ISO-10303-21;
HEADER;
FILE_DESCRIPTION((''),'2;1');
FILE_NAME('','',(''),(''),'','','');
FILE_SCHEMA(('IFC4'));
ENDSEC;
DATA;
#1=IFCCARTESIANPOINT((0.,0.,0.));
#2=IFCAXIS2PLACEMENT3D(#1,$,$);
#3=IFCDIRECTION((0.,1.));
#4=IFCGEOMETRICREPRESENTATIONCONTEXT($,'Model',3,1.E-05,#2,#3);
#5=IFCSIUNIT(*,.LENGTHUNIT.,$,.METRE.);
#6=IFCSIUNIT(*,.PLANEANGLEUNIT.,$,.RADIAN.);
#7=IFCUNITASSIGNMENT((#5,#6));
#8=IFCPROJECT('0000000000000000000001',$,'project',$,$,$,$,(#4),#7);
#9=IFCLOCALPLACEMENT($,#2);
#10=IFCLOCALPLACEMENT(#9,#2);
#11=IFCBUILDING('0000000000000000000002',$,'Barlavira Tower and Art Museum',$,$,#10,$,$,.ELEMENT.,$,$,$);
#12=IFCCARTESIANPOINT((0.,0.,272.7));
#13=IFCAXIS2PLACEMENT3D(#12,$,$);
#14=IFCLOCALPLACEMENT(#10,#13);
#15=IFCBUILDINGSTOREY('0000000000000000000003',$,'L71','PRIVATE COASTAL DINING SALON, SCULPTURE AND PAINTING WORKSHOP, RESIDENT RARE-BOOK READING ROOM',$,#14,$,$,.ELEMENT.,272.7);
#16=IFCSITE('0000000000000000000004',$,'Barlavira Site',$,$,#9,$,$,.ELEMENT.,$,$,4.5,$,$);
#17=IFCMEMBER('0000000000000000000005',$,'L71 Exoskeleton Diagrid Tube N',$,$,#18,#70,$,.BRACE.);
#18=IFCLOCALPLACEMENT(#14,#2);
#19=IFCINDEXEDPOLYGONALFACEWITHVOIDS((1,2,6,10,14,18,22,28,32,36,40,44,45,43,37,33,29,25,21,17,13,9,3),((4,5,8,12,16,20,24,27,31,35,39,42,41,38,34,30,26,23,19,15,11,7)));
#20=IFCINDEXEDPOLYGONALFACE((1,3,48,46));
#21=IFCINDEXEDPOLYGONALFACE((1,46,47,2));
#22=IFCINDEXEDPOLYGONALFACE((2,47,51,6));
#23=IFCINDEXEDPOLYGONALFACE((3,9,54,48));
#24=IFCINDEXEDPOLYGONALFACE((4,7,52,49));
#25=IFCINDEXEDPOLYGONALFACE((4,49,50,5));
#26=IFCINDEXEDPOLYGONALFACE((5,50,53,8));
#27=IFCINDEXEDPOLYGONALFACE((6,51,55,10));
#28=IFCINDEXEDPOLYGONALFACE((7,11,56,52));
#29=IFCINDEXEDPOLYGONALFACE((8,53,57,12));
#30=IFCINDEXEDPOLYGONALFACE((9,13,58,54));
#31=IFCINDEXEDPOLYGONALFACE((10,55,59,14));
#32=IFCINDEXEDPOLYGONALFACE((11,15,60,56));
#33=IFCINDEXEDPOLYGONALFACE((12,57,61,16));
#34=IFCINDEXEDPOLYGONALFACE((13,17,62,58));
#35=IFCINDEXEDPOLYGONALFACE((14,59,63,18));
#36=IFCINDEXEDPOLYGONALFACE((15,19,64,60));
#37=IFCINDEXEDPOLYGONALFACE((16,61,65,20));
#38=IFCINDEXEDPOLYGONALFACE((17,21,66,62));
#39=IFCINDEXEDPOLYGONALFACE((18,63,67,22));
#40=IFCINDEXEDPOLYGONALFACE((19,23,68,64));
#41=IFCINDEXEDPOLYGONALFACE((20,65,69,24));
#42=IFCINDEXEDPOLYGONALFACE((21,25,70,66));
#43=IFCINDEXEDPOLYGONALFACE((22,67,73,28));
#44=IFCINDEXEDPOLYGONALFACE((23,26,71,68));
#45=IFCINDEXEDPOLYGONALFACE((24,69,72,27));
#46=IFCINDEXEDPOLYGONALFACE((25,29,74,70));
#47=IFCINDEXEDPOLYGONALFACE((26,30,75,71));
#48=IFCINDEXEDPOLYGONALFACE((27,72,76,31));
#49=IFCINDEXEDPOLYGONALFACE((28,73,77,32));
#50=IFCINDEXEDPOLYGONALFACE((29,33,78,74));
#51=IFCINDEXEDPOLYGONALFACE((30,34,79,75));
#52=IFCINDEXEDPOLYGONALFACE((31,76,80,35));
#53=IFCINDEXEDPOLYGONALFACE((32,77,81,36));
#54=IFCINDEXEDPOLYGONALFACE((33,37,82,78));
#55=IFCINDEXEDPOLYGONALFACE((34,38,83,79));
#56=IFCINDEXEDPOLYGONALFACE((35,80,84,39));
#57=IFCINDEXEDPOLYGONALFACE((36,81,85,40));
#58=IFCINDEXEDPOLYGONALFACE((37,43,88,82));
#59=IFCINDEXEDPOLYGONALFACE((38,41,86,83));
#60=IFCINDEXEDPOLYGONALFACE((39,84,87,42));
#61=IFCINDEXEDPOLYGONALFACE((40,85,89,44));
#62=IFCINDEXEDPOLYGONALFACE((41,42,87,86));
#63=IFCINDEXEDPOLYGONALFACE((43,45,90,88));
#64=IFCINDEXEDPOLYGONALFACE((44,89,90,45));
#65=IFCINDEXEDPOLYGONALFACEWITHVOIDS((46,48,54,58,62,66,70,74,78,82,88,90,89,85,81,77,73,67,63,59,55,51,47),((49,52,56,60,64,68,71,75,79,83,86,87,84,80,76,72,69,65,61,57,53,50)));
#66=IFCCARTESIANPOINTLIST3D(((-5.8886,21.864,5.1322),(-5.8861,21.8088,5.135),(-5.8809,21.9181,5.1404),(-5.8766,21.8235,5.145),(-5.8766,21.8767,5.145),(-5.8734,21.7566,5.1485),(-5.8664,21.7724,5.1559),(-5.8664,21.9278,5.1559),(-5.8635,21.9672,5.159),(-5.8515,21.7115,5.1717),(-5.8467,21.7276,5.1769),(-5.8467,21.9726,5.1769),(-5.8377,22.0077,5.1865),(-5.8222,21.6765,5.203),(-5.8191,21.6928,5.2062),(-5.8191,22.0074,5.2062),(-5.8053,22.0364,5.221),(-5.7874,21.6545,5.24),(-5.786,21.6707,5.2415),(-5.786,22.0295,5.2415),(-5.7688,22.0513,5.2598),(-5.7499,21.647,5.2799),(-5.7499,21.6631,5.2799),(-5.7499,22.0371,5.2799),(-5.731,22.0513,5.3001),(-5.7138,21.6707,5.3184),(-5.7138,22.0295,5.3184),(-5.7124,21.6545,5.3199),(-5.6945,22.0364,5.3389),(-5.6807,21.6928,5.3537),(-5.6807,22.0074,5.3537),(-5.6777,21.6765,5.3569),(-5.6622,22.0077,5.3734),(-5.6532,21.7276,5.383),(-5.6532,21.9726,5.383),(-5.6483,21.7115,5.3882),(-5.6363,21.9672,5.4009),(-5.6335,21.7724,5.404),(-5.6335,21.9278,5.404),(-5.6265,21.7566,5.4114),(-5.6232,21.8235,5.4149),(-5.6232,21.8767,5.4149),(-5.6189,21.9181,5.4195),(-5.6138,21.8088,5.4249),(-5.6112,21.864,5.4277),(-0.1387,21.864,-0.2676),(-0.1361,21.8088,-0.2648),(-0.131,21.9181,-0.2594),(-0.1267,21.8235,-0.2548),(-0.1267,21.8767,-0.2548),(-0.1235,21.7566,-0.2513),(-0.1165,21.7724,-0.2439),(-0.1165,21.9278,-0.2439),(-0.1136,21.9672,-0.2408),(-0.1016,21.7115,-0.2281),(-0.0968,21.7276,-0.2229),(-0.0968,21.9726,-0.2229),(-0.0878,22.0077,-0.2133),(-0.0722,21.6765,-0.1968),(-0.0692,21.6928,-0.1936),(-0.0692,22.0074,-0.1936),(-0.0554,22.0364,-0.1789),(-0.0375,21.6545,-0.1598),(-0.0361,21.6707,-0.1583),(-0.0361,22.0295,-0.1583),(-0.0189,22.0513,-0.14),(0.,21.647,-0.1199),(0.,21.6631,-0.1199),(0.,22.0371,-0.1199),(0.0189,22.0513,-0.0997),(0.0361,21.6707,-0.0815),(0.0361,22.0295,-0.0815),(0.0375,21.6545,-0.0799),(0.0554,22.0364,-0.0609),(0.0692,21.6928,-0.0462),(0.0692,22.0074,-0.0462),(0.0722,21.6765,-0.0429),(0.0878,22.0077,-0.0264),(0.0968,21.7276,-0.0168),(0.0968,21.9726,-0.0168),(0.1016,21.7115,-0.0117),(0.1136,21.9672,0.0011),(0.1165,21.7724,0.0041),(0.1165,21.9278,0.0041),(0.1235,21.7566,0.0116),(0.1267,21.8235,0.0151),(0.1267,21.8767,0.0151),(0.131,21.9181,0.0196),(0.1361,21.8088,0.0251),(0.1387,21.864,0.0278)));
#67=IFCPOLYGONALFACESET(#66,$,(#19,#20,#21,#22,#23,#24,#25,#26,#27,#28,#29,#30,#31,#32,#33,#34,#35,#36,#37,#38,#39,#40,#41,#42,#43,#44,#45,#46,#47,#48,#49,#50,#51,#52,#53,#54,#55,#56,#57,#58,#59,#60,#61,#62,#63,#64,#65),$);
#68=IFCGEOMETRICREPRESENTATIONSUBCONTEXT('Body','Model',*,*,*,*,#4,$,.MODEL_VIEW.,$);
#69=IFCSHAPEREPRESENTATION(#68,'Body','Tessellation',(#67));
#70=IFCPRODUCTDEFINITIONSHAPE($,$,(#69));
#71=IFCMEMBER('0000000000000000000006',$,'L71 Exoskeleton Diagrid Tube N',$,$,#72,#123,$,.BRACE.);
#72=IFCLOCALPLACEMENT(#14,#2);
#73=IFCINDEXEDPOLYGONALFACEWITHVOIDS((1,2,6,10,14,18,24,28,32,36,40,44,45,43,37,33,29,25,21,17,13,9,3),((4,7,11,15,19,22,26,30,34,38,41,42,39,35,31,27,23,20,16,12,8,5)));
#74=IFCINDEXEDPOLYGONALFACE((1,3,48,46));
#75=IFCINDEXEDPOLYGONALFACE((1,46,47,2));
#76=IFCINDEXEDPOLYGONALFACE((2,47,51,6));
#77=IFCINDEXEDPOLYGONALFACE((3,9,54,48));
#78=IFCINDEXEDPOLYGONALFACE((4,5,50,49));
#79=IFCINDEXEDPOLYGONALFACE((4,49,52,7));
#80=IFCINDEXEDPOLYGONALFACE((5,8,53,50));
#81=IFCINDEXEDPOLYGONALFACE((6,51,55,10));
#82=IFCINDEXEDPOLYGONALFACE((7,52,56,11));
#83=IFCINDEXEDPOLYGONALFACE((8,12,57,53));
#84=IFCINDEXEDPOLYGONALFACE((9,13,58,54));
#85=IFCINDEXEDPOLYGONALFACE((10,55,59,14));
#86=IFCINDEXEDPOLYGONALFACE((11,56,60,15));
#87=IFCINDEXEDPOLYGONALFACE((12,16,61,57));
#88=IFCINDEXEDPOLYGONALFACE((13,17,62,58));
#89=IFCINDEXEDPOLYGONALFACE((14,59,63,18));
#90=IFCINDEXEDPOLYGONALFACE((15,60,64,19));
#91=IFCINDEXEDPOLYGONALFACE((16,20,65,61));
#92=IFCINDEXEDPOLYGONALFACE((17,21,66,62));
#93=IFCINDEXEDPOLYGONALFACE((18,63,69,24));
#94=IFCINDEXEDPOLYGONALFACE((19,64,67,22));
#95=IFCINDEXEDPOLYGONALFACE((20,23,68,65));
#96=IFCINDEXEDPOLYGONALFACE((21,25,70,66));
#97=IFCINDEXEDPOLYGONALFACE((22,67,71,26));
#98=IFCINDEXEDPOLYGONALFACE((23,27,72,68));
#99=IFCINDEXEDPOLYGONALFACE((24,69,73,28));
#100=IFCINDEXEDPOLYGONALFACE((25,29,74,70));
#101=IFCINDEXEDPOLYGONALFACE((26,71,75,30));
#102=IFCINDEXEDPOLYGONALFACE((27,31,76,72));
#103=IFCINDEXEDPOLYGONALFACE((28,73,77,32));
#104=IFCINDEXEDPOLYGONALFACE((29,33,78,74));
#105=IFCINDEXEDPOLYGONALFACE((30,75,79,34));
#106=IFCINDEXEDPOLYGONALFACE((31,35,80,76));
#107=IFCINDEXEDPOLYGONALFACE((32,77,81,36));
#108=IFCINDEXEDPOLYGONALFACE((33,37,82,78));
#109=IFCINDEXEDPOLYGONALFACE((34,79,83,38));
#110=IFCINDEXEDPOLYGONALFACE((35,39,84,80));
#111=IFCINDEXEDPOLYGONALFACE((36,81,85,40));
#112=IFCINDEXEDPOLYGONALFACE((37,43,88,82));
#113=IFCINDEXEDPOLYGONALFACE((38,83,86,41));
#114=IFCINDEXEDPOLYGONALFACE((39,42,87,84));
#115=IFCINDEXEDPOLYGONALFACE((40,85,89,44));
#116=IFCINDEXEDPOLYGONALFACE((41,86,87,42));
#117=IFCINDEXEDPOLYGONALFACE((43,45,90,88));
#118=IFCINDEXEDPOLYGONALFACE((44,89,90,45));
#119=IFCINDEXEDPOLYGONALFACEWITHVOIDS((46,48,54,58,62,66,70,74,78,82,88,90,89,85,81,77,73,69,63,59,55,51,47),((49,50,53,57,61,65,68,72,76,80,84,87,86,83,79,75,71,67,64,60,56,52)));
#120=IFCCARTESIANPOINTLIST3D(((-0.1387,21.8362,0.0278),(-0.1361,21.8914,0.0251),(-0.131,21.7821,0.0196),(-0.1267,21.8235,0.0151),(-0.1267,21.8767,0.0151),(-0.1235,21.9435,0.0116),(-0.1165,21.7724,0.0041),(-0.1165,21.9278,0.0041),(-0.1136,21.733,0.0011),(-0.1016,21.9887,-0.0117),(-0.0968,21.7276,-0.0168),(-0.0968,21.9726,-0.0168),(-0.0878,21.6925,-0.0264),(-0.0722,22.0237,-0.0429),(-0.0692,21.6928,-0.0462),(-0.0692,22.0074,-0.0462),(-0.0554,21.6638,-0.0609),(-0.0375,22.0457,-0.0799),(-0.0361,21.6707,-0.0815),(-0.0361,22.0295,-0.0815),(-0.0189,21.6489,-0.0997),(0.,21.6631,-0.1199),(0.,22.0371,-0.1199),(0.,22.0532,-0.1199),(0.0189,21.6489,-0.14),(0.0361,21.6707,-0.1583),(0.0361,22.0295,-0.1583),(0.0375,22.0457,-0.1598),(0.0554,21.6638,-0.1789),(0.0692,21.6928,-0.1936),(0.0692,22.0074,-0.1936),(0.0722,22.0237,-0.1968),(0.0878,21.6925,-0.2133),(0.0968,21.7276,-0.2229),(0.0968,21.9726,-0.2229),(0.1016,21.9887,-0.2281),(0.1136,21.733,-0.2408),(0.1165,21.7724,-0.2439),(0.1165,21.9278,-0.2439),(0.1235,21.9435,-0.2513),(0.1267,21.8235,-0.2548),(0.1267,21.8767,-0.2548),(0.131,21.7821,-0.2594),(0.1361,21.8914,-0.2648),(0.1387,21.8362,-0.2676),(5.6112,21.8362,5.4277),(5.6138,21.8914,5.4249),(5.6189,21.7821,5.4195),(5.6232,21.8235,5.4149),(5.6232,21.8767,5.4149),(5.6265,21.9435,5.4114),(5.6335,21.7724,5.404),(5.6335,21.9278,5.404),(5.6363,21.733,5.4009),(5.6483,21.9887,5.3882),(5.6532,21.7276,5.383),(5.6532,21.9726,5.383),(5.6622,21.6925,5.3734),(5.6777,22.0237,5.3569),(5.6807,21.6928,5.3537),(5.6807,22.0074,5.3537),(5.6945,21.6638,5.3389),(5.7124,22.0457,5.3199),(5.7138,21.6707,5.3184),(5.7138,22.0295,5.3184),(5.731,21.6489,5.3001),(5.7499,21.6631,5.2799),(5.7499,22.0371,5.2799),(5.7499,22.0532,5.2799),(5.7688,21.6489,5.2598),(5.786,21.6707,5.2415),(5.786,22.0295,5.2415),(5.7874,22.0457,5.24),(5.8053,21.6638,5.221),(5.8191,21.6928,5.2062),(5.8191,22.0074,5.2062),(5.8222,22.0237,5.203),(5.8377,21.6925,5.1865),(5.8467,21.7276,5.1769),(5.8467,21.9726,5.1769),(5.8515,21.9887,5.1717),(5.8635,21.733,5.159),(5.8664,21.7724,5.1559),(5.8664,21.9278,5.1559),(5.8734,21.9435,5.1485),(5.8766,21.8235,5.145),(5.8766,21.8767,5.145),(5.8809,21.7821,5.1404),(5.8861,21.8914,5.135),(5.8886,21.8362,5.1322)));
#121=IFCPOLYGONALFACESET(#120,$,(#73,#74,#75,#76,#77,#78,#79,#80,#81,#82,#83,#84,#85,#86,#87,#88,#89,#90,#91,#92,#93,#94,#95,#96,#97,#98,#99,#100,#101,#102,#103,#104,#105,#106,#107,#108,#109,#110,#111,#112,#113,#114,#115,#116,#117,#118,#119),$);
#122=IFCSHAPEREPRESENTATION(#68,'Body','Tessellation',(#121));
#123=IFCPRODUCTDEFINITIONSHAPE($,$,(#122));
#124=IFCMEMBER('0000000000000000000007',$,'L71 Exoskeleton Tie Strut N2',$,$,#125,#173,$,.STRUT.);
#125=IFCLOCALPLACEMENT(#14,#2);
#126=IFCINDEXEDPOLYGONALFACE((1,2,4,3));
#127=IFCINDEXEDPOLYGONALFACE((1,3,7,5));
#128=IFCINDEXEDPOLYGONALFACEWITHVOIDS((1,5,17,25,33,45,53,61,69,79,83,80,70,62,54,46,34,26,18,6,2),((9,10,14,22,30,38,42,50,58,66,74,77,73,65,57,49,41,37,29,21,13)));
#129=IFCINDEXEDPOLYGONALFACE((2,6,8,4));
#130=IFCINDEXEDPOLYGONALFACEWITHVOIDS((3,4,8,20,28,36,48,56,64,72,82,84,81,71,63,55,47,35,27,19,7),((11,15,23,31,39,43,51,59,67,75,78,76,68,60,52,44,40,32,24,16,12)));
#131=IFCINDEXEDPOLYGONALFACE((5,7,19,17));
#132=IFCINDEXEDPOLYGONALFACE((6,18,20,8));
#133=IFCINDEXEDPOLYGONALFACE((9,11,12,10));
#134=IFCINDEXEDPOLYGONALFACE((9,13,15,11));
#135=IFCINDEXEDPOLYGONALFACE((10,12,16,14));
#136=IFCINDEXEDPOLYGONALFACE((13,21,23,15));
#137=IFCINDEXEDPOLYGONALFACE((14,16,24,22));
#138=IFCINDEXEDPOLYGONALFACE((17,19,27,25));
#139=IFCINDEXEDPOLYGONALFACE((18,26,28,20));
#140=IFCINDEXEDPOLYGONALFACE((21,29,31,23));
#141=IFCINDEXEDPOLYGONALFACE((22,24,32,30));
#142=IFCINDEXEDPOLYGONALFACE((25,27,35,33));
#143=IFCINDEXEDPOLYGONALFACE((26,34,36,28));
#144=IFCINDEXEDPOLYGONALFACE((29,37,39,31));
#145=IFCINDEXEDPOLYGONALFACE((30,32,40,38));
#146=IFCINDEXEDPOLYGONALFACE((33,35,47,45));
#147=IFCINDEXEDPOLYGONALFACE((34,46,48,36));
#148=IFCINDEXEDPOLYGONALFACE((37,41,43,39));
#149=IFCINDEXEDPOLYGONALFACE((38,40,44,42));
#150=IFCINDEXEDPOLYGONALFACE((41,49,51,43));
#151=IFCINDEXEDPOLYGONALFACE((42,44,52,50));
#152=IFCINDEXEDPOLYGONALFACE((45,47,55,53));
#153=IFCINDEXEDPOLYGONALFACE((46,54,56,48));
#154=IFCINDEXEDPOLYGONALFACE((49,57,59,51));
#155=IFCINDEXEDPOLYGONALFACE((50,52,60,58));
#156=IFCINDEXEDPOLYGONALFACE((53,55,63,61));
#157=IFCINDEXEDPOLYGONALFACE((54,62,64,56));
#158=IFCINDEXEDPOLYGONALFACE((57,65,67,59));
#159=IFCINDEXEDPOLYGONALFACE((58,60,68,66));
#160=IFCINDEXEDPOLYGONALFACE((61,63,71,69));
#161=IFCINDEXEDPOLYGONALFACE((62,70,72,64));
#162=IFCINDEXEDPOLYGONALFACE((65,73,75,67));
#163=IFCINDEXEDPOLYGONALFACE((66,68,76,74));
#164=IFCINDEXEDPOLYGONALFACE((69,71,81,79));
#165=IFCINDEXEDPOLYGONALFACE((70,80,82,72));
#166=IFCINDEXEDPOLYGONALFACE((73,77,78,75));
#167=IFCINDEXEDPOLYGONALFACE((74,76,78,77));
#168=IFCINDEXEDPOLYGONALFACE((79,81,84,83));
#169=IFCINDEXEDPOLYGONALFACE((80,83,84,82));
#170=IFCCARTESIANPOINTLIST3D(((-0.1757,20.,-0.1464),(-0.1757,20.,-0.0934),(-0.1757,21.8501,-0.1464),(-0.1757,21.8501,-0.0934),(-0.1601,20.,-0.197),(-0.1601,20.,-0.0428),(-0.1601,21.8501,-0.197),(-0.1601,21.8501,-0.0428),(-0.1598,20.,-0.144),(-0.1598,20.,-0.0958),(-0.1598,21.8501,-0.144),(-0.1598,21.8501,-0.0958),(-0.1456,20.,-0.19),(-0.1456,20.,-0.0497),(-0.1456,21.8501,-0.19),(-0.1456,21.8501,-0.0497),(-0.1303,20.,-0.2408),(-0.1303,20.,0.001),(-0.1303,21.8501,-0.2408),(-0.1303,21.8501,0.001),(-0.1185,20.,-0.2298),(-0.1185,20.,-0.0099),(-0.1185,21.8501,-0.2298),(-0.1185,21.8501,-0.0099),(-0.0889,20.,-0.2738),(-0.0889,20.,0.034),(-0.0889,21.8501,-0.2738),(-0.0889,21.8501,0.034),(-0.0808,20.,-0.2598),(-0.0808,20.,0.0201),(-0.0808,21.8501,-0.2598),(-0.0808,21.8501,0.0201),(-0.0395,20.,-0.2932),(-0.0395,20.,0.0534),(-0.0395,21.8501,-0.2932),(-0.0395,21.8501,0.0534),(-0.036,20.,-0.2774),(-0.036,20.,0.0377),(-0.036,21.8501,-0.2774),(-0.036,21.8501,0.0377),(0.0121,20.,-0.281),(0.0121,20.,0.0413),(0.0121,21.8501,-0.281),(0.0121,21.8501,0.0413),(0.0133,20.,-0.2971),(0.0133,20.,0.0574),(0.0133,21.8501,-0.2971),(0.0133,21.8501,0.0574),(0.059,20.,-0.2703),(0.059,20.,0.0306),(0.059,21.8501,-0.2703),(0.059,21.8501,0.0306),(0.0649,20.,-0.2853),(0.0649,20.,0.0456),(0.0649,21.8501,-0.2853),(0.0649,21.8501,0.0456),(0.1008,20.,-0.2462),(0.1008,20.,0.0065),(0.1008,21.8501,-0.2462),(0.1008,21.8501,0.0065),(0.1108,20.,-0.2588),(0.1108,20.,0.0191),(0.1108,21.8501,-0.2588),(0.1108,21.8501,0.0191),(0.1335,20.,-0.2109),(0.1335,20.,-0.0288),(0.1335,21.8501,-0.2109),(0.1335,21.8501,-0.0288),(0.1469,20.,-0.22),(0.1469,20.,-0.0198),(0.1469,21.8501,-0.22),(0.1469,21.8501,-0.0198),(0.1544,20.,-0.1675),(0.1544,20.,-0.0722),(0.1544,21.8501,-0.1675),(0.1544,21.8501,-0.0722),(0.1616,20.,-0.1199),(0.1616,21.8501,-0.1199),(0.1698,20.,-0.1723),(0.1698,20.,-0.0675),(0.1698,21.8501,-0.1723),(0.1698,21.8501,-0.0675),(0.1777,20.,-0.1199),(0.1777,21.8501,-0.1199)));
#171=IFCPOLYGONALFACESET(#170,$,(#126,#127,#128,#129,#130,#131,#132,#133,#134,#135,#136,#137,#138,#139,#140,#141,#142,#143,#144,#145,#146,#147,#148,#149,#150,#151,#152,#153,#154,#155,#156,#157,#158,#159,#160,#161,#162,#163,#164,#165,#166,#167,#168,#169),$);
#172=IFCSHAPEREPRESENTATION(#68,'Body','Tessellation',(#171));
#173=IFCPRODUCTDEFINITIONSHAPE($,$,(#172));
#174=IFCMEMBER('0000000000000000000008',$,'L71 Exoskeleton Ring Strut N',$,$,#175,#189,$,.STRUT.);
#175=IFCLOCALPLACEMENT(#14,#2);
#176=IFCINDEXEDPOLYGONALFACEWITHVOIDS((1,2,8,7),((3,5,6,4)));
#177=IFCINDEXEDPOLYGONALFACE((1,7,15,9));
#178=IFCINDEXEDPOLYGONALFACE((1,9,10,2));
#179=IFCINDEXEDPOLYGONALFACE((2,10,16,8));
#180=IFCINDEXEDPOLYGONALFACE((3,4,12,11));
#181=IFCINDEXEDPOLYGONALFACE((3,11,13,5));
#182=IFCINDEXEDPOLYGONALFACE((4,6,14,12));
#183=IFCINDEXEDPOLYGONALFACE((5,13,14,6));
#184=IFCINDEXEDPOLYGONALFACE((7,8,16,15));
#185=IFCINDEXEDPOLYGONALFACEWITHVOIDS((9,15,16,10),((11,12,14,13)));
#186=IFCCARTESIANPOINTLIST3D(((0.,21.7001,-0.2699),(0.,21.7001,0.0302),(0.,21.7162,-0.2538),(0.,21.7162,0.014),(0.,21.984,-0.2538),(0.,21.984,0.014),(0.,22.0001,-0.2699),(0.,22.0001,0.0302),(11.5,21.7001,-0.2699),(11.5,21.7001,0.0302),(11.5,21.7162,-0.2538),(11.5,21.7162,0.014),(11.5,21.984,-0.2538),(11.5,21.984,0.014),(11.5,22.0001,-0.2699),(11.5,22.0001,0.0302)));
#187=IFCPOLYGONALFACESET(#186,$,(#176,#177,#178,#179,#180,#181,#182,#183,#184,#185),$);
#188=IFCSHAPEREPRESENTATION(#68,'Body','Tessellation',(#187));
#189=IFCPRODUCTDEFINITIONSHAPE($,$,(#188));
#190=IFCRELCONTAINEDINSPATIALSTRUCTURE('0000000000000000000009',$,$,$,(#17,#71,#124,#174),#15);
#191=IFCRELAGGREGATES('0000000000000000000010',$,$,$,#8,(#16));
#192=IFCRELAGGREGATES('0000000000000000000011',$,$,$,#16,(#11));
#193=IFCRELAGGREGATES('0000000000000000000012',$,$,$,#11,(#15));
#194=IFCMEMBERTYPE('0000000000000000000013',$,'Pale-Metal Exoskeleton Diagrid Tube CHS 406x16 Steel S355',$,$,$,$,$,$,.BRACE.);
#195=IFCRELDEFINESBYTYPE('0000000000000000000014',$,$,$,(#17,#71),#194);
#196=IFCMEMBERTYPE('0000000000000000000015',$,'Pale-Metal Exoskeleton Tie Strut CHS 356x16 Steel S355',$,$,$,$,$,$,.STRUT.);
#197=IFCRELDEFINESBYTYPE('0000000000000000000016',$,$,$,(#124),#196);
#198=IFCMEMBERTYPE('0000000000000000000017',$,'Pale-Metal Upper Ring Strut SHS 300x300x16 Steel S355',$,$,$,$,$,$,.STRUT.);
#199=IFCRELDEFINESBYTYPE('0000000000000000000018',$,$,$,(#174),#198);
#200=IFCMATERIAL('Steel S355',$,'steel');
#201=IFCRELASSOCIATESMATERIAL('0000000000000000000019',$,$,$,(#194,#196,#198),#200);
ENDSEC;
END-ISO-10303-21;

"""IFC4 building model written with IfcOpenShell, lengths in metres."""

from ifc_helpers import new_model, si_unit, direction, frame, origin, origin_2d, place, context, subcontext, project, spatial, hollow_rectangle, hollow_circle, extrude, material, material_profile, profile_set, type_object, element, save


model = new_model("IFC4")

# Units and contexts
model_context = context("Model", 3, precision=1e-05, world=origin(), true_north=direction((0.0, 1.0)))
body_context = subcontext(model_context, "Body", "Model", "MODEL_VIEW")
ifc_project = project(units=[si_unit("LENGTHUNIT", "METRE"), si_unit("PLANEANGLEUNIT", "RADIAN")], contexts=[model_context])

# Site, building, storey
site_placement = place(None, origin())
site = spatial("IfcSite", under=ifc_project, at=site_placement, Name="Barlavira Site", CompositionType="ELEMENT", RefElevation=4.5)
building_placement = place(site_placement, origin())
building = spatial("IfcBuilding", under=site, at=building_placement, Name="Barlavira Tower and Art Museum", CompositionType="ELEMENT")
storey_placement = place(building_placement, frame((0.0, 0.0, 272.7)))
storey = spatial("IfcBuildingStorey", under=building, at=storey_placement, Name="L71", Description="PRIVATE COASTAL DINING SALON, SCULPTURE AND PAINTING WORKSHOP, RESIDENT RARE-BOOK READING ROOM", CompositionType="ELEMENT", Elevation=272.7)

# Members
ifc_material_1 = material(Name="Steel S355", Category="steel")
ifc_material_profile_1 = material_profile(ifc_material_1, hollow_circle(Radius=0.2031, WallThickness=0.0161, at=origin_2d()), Name="CHS 406.4x16.0")
ifc_profile_set_1 = profile_set([ifc_material_profile_1], Name="Steel S355")
member_type_1 = type_object("IfcMemberType", Name="Pale-Metal Exoskeleton Diagrid Tube CHS 406x16 Steel S355", PredefinedType="BRACE", material=ifc_profile_set_1)
for number, where, z_axis, x_axis, name in (
    (1, (0.0, 21.8501, -0.1199), (-0.72895, 0.0, 0.684567), (0.0, -1.0, 0.0), "L71 Exoskeleton Diagrid Tube N"),
    (2, (0.0, 21.8501, -0.1199), (0.72895, 0.0, 0.684567), (0.0, 1.0, 0.0), "L71 Exoskeleton Diagrid Tube N"),
):
    element("IfcMember", number, at=place(storey_placement, frame(where, z_axis=z_axis, x_axis=x_axis)), inside=storey, type_object=member_type_1, Name=name, PredefinedType="BRACE", context=body_context, shape_type="SweptSolid", body=[
        extrude(hollow_circle(Radius=0.2031, WallThickness=0.0161, at=origin_2d()), origin(), (0.0, 0.0, 1.0), 7.8879),
    ])
ifc_material_profile_2 = material_profile(ifc_material_1, hollow_circle(Radius=0.1777, WallThickness=0.0161, at=origin_2d()), Name="CHS 355.6x16.0")
ifc_profile_set_2 = profile_set([ifc_material_profile_2], Name="Steel S355")
member_type_2 = type_object("IfcMemberType", Name="Pale-Metal Exoskeleton Tie Strut CHS 356x16 Steel S355", PredefinedType="STRUT", material=ifc_profile_set_2)
member_1_placement = place(storey_placement, frame((0.0, 21.8501, -0.1199), z_axis=(0.0, -1.0, 0.0), x_axis=(1.0, 0.0, 0.0)))
element("IfcMember", 3, at=member_1_placement, inside=storey, type_object=member_type_2, Name="L71 Exoskeleton Tie Strut N2", PredefinedType="STRUT", context=body_context, shape_type="SweptSolid", body=[
    extrude(hollow_circle(Radius=0.1777, WallThickness=0.0161, at=origin_2d()), origin(), (0.0, 0.0, 1.0), 1.8501),
])
ifc_material_profile_3 = material_profile(ifc_material_1, hollow_rectangle(XDim=0.3, YDim=0.3, WallThickness=0.0161, at=origin_2d()), Name="SHS 300x300x16.0")
ifc_profile_set_3 = profile_set([ifc_material_profile_3], Name="Steel S355")
member_type_3 = type_object("IfcMemberType", Name="Pale-Metal Upper Ring Strut SHS 300x300x16 Steel S355", PredefinedType="STRUT", material=ifc_profile_set_3)
member_2_placement = place(storey_placement, frame((0.0, 21.8501, -0.1199), z_axis=(1.0, 0.0, 0.0), x_axis=(0.0, 1.0, 0.0)))
element("IfcMember", 4, at=member_2_placement, inside=storey, type_object=member_type_3, Name="L71 Exoskeleton Ring Strut N", PredefinedType="STRUT", context=body_context, shape_type="SweptSolid", body=[
    extrude(hollow_rectangle(XDim=0.3, YDim=0.3, WallThickness=0.0161, at=origin_2d()), origin(), (0.0, 0.0, 1.0), 11.5),
])

save(model, "model.ifc")
